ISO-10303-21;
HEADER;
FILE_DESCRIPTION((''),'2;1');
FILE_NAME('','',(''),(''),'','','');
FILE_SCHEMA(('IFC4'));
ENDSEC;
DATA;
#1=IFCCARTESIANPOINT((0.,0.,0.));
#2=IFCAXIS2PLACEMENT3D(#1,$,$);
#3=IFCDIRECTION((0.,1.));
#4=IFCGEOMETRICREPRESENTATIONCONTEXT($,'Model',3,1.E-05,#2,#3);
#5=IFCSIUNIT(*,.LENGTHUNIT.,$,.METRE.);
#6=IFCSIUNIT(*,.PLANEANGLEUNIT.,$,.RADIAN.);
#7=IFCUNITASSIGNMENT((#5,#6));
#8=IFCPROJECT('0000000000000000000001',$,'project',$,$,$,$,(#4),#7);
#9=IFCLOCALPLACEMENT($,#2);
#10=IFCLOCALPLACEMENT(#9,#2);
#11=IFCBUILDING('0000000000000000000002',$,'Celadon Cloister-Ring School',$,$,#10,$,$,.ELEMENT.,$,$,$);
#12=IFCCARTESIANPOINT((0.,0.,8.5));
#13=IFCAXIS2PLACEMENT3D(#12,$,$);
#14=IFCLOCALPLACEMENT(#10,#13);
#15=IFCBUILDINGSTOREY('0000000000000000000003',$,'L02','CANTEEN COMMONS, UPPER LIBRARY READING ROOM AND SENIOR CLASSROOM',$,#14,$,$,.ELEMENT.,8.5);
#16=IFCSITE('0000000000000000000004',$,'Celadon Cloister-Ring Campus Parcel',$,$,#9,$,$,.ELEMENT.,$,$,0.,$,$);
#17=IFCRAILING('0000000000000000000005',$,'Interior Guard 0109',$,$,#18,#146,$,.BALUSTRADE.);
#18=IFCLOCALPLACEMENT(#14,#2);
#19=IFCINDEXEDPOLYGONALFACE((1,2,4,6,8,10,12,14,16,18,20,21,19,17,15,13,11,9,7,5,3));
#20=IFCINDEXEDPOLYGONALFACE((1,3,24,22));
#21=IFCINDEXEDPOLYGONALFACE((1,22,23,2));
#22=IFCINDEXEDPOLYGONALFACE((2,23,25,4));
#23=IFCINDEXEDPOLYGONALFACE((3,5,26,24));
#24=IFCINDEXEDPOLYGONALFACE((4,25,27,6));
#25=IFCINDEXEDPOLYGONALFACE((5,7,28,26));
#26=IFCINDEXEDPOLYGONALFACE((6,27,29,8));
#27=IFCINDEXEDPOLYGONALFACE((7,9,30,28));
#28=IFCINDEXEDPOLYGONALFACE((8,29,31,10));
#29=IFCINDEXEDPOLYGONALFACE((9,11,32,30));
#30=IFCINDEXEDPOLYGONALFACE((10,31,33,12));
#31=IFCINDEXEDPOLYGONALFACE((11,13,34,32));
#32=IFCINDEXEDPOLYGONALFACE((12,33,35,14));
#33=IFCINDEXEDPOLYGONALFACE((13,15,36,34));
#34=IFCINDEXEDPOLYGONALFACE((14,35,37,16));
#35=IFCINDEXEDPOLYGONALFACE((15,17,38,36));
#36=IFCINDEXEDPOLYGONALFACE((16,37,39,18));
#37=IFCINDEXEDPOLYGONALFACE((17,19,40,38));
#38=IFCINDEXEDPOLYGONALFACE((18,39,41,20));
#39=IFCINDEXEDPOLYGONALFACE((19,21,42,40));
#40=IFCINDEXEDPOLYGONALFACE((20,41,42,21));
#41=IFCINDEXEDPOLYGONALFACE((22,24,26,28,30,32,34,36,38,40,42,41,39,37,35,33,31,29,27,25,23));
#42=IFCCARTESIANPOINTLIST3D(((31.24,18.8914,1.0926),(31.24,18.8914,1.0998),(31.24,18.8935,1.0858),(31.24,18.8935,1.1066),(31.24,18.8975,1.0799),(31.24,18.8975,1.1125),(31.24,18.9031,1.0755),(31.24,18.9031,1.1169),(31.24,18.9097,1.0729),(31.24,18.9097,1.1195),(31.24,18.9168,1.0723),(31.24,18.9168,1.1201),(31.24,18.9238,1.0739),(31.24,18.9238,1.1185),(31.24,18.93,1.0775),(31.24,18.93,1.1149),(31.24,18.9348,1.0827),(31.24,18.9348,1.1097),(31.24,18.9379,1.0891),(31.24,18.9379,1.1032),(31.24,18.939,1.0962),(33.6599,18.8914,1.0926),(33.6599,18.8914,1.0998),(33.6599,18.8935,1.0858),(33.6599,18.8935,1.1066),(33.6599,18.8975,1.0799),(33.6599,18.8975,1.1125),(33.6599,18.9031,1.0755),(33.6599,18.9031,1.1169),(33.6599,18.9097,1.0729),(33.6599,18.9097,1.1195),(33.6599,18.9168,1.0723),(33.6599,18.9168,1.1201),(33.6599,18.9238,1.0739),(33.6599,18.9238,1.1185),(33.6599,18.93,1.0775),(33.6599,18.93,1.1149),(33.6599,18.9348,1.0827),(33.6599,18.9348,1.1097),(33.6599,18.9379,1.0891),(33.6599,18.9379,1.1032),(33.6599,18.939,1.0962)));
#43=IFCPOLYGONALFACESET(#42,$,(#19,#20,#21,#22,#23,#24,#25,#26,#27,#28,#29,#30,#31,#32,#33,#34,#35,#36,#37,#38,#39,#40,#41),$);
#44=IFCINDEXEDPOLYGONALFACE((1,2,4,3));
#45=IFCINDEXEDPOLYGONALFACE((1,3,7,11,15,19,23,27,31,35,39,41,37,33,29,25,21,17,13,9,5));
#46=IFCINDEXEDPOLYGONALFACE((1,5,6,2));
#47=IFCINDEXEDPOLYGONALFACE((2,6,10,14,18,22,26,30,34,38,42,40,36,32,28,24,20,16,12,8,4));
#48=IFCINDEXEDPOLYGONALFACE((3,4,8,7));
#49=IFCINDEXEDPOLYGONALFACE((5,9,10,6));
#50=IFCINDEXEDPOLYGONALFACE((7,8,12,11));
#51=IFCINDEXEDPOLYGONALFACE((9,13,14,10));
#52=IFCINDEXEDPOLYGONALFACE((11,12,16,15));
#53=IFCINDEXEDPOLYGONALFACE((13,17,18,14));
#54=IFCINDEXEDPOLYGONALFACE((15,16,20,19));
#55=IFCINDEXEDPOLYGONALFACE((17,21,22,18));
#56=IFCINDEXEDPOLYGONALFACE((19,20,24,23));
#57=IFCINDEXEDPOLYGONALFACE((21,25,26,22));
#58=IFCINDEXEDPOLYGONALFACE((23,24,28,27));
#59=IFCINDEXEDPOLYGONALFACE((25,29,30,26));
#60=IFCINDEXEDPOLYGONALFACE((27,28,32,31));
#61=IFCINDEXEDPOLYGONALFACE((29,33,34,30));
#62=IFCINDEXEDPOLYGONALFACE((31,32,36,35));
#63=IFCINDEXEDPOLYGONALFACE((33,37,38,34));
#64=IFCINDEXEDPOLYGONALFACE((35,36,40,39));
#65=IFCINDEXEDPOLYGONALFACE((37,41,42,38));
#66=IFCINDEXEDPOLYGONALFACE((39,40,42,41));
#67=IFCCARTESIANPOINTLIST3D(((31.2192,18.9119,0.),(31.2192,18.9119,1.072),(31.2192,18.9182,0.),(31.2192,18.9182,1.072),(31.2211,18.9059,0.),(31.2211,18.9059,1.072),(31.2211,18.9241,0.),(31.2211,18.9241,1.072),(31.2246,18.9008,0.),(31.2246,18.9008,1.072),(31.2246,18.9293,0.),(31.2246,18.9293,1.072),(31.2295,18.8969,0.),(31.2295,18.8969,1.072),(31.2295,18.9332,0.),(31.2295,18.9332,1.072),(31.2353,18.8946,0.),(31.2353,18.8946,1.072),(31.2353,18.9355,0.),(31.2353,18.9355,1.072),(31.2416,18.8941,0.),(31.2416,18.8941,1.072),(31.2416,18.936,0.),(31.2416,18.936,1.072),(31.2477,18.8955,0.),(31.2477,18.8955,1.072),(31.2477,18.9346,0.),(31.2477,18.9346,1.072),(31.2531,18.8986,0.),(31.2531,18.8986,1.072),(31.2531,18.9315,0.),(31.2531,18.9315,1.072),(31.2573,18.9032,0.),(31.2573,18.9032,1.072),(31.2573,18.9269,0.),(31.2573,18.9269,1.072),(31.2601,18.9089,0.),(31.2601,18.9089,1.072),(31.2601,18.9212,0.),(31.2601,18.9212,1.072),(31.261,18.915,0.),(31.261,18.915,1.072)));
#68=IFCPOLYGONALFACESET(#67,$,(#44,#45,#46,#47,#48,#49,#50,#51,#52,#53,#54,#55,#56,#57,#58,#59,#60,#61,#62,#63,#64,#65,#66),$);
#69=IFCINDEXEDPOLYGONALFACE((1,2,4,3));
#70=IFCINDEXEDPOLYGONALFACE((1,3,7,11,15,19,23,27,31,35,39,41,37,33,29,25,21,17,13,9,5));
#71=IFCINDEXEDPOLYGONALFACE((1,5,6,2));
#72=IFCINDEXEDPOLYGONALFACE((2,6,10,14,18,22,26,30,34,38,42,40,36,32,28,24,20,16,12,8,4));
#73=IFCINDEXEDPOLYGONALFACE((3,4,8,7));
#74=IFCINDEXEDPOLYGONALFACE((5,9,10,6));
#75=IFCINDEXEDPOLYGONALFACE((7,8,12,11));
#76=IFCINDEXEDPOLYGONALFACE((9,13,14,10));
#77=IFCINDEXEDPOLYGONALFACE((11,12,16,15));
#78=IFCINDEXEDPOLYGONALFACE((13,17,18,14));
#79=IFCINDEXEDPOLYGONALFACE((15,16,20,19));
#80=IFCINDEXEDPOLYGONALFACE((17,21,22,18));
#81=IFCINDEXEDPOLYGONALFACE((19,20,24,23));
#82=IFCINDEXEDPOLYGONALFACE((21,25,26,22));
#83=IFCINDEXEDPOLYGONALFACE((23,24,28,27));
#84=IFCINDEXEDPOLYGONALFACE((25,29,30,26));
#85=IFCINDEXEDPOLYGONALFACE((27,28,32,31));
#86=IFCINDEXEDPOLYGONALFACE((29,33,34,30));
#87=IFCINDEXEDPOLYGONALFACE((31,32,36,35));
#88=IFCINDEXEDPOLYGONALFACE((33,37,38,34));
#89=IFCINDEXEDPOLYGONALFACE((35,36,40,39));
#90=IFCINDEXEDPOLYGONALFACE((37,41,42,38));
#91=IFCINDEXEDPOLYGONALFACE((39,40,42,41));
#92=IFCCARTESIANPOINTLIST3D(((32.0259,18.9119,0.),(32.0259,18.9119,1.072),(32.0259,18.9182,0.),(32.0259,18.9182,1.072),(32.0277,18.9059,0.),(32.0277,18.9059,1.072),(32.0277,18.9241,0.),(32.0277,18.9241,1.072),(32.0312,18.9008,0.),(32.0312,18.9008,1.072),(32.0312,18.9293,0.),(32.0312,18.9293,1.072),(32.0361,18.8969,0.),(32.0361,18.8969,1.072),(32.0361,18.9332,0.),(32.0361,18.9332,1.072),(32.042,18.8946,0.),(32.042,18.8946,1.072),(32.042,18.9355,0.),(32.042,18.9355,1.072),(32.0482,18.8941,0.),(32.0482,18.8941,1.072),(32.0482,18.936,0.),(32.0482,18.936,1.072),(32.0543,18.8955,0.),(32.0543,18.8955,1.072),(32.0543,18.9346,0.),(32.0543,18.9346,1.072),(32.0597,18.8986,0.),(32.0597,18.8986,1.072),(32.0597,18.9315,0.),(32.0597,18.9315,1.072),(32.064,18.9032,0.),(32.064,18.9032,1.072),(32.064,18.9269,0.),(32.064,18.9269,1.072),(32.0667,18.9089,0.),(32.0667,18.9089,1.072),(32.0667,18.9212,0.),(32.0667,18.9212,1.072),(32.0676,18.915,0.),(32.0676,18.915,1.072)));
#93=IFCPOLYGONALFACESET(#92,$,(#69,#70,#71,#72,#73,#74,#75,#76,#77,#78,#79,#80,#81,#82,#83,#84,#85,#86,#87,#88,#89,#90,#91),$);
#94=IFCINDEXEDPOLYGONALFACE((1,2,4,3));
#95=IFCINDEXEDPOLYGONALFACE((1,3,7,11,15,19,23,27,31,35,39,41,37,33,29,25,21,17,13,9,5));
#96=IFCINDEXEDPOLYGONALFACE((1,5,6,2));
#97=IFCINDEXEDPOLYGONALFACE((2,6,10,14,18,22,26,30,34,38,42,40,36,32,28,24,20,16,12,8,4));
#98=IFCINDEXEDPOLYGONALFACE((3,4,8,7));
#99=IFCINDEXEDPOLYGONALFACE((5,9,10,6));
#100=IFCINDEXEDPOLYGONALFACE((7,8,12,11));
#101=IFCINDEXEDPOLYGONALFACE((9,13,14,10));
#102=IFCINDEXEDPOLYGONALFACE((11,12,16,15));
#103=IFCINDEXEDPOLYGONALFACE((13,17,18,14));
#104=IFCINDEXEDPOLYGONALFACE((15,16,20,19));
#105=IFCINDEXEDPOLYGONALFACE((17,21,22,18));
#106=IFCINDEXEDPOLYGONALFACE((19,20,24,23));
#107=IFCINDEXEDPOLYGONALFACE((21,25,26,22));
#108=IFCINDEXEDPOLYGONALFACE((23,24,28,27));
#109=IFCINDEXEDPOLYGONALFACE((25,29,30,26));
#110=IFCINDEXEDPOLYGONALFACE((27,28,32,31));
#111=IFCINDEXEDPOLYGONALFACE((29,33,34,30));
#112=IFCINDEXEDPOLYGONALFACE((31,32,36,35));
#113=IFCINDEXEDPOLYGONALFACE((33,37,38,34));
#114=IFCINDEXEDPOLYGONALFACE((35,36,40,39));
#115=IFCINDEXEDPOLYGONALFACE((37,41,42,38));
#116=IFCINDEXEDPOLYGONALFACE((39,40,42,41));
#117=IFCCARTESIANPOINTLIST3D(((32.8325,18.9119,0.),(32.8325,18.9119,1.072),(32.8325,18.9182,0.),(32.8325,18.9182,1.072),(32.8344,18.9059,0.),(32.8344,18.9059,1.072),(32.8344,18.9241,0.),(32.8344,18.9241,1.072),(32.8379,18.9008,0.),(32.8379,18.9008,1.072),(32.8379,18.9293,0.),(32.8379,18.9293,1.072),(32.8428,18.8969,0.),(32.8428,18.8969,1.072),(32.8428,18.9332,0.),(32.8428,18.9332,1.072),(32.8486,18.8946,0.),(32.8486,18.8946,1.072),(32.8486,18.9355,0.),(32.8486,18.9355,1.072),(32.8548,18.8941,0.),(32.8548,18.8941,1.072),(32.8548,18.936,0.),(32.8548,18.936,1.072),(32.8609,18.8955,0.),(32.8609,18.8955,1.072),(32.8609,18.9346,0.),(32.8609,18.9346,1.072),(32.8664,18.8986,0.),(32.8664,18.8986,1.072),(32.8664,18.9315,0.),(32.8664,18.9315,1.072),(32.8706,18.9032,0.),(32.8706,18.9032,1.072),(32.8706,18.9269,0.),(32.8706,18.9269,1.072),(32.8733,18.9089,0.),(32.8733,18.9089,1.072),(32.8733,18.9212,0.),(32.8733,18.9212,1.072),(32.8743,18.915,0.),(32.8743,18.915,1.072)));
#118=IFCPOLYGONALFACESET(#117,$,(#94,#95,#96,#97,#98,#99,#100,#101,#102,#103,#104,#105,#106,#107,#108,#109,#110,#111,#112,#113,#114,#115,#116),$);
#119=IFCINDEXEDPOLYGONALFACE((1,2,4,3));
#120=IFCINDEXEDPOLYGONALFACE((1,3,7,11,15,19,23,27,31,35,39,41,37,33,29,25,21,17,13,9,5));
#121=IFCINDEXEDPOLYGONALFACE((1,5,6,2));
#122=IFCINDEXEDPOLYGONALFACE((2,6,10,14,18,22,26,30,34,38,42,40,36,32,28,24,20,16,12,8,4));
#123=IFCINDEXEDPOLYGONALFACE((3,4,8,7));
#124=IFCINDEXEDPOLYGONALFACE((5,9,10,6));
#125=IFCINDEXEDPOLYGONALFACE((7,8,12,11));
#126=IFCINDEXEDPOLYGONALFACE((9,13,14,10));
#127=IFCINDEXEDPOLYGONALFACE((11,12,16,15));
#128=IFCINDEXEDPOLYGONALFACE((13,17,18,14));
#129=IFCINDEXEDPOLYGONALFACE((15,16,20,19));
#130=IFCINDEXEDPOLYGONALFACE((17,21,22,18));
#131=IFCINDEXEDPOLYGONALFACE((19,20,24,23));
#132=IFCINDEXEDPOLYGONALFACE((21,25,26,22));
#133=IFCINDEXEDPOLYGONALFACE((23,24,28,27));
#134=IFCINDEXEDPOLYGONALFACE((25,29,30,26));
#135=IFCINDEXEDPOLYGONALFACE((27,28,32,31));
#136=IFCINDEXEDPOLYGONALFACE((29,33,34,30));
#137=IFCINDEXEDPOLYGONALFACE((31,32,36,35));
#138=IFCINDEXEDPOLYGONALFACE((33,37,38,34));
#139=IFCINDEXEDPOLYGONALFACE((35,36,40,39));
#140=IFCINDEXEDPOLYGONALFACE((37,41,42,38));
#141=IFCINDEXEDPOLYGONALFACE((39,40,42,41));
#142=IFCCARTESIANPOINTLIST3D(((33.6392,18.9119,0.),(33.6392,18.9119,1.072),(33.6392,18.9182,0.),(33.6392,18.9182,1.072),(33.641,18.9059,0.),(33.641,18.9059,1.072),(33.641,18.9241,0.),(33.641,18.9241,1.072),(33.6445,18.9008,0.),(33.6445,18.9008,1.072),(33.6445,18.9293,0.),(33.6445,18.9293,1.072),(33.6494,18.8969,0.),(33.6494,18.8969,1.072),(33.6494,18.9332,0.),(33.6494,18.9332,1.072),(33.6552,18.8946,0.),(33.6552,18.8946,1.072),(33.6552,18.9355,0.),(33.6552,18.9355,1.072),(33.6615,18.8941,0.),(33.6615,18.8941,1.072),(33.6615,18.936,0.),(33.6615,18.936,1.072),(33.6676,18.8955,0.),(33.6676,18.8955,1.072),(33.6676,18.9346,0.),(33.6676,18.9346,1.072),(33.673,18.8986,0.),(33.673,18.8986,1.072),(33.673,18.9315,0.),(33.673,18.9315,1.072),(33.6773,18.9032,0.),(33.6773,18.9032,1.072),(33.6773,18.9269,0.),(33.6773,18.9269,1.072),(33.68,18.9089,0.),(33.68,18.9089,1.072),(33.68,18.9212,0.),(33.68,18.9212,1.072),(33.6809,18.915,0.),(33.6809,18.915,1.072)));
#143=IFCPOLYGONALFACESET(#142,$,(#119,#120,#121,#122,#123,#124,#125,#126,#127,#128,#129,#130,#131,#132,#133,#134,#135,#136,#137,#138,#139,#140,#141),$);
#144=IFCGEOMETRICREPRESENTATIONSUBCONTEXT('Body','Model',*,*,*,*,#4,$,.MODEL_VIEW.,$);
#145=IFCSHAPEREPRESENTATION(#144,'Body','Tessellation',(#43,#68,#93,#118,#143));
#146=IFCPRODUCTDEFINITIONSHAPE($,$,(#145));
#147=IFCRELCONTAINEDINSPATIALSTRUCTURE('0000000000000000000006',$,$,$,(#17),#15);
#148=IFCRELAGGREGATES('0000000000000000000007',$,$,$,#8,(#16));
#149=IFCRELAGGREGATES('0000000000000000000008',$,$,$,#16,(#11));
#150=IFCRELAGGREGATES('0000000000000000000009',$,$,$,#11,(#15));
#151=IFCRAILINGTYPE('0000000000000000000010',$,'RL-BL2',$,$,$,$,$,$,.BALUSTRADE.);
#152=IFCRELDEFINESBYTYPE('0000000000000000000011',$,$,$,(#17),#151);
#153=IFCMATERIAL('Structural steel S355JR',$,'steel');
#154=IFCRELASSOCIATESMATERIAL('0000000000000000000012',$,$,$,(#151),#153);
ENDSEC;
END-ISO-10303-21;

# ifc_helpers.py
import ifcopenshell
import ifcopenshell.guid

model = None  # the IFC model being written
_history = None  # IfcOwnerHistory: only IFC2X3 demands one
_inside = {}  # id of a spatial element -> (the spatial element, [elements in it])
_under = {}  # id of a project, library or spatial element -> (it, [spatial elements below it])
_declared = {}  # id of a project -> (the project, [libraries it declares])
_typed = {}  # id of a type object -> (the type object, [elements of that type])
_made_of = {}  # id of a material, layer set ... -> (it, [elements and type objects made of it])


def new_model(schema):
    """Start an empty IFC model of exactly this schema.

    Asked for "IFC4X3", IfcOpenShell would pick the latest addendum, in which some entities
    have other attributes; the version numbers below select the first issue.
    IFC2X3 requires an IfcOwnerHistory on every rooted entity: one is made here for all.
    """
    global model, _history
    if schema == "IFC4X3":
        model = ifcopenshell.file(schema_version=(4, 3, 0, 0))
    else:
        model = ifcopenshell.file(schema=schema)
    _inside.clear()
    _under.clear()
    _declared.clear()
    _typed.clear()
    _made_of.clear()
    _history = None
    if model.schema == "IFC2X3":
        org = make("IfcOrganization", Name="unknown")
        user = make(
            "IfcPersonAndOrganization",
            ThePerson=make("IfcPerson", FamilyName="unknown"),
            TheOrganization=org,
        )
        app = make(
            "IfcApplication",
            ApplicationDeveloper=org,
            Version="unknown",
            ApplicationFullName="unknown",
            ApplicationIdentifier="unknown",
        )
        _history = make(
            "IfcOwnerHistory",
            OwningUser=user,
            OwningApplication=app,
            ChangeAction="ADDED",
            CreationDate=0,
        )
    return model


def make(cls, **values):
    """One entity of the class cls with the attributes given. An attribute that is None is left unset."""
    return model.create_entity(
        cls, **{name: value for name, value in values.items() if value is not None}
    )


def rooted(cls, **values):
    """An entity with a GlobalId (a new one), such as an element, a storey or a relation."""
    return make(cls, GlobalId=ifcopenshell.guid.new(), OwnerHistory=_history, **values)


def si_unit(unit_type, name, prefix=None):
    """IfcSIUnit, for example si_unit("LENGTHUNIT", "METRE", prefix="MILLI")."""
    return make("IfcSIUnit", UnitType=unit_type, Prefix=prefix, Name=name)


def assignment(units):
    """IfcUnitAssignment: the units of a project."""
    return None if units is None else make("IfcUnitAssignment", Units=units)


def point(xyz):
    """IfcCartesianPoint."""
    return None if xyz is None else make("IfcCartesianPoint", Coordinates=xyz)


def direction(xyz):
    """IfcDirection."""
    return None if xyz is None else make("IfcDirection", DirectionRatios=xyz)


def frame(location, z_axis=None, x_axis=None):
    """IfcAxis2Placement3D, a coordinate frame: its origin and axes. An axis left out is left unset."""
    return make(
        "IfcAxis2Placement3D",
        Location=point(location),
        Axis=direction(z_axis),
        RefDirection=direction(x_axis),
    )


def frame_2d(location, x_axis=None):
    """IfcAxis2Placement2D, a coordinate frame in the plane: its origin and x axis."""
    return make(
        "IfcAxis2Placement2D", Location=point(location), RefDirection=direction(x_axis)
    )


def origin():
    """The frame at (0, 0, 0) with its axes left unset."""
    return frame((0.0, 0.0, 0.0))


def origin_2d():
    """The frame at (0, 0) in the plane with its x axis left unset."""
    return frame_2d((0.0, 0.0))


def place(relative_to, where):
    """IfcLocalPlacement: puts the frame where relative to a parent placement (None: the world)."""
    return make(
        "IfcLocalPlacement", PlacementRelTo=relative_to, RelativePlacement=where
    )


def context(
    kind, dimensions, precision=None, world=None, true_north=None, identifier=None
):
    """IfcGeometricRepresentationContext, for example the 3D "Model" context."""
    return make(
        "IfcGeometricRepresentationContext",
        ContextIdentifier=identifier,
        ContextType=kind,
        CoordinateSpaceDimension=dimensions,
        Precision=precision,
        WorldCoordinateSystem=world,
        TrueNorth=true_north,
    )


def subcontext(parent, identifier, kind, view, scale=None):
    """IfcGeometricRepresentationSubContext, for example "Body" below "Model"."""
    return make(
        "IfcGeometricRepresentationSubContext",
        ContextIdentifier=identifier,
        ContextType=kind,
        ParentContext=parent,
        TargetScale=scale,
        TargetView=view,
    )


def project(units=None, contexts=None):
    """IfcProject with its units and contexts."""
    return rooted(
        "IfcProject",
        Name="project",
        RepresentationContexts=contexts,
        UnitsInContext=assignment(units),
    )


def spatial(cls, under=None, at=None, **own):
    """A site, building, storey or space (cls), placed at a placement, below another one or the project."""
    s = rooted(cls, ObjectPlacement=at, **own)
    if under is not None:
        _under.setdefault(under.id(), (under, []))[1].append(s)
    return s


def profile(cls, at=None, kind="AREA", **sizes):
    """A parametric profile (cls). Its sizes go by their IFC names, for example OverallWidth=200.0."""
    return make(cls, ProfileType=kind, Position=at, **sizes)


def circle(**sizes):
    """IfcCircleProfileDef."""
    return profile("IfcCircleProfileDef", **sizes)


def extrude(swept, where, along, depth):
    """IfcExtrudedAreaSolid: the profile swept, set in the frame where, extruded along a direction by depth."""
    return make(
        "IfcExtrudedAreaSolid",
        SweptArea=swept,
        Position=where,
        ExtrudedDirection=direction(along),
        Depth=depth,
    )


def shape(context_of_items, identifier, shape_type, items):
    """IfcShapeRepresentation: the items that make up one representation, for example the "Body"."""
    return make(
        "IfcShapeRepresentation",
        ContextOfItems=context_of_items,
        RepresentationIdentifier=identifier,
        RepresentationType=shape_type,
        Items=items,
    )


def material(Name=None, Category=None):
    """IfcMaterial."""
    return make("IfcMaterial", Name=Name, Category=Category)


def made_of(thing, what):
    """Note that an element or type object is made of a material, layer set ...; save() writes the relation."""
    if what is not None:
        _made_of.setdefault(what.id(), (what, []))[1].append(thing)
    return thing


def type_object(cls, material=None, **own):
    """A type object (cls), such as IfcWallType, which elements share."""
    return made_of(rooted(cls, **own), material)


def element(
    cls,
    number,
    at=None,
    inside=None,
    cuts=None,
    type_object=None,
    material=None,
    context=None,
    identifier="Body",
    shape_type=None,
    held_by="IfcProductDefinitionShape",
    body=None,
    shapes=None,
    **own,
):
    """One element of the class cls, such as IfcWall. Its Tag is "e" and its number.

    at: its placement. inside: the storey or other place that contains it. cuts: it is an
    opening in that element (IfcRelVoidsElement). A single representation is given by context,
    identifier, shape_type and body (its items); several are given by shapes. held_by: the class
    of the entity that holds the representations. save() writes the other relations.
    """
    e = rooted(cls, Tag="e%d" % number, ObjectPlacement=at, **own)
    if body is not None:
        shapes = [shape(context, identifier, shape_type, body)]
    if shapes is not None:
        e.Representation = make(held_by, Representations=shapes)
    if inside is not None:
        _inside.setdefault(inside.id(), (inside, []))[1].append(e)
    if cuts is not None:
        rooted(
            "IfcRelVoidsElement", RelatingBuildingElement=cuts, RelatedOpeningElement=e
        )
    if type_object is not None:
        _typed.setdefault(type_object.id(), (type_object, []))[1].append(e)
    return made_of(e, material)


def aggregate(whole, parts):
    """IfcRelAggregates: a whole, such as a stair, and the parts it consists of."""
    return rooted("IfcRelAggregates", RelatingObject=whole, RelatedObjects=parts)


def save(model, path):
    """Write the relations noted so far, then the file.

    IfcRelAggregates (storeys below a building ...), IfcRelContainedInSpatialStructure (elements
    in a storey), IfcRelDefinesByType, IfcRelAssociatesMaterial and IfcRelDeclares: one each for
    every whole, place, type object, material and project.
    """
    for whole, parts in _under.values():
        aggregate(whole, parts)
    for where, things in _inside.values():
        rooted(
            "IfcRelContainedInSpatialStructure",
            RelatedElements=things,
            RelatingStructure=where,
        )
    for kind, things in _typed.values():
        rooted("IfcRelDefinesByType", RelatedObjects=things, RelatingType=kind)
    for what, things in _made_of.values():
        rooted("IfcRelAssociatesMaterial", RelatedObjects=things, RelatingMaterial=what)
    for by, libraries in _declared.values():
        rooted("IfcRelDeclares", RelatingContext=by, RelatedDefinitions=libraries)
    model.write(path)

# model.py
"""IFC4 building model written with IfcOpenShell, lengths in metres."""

from ifc_helpers import new_model, si_unit, direction, frame, origin, origin_2d, place, context, subcontext, project, spatial, circle, extrude, material, type_object, element, save


model = new_model("IFC4")

# Units and contexts
model_context = context("Model", 3, precision=1e-05, world=origin(), true_north=direction((0.0, 1.0)))
body_context = subcontext(model_context, "Body", "Model", "MODEL_VIEW")
ifc_project = project(units=[si_unit("LENGTHUNIT", "METRE"), si_unit("PLANEANGLEUNIT", "RADIAN")], contexts=[model_context])

# Site, building, storey
site_placement = place(None, origin())
site = spatial("IfcSite", under=ifc_project, at=site_placement, Name="Celadon Cloister-Ring Campus Parcel", CompositionType="ELEMENT", RefElevation=0.0)
building_placement = place(site_placement, origin())
building = spatial("IfcBuilding", under=site, at=building_placement, Name="Celadon Cloister-Ring School", CompositionType="ELEMENT")
storey_placement = place(building_placement, frame((0.0, 0.0, 8.5)))
storey = spatial("IfcBuildingStorey", under=building, at=storey_placement, Name="L02", Description="CANTEEN COMMONS, UPPER LIBRARY READING ROOM AND SENIOR CLASSROOM", CompositionType="ELEMENT", Elevation=8.5)

# Railing
ifc_material_1 = material(Name="Structural steel S355JR", Category="steel")
railing_type_1 = type_object("IfcRailingType", Name="RL-BL2", PredefinedType="BALUSTRADE", material=ifc_material_1)
railing_1_placement = place(storey_placement, frame((31.24, 18.915, 0.0)))
element("IfcRailing", 1, at=railing_1_placement, inside=storey, type_object=railing_type_1, Name="Interior Guard 0109", PredefinedType="BALUSTRADE", context=body_context, shape_type="SweptSolid", body=[
    extrude(circle(Radius=0.0239, at=origin_2d()), frame((0.0, 0.0, 1.0962), z_axis=(1.0, 0.0, 0.0), x_axis=(0.0, 1.0, 0.0)), (0.0, 0.0, 1.0), 2.4199),
    extrude(circle(Radius=0.021, at=origin_2d()), origin(), (0.0, 0.0, 1.0), 1.072),
    extrude(circle(Radius=0.021, at=origin_2d()), frame((0.8066, 0.0, 0.0)), (0.0, 0.0, 1.0), 1.072),
    extrude(circle(Radius=0.021, at=origin_2d()), frame((1.6133, 0.0, 0.0)), (0.0, 0.0, 1.0), 1.072),
    extrude(circle(Radius=0.021, at=origin_2d()), frame((2.4199, 0.0, 0.0)), (0.0, 0.0, 1.0), 1.072),
])

save(model, "model.ifc")
